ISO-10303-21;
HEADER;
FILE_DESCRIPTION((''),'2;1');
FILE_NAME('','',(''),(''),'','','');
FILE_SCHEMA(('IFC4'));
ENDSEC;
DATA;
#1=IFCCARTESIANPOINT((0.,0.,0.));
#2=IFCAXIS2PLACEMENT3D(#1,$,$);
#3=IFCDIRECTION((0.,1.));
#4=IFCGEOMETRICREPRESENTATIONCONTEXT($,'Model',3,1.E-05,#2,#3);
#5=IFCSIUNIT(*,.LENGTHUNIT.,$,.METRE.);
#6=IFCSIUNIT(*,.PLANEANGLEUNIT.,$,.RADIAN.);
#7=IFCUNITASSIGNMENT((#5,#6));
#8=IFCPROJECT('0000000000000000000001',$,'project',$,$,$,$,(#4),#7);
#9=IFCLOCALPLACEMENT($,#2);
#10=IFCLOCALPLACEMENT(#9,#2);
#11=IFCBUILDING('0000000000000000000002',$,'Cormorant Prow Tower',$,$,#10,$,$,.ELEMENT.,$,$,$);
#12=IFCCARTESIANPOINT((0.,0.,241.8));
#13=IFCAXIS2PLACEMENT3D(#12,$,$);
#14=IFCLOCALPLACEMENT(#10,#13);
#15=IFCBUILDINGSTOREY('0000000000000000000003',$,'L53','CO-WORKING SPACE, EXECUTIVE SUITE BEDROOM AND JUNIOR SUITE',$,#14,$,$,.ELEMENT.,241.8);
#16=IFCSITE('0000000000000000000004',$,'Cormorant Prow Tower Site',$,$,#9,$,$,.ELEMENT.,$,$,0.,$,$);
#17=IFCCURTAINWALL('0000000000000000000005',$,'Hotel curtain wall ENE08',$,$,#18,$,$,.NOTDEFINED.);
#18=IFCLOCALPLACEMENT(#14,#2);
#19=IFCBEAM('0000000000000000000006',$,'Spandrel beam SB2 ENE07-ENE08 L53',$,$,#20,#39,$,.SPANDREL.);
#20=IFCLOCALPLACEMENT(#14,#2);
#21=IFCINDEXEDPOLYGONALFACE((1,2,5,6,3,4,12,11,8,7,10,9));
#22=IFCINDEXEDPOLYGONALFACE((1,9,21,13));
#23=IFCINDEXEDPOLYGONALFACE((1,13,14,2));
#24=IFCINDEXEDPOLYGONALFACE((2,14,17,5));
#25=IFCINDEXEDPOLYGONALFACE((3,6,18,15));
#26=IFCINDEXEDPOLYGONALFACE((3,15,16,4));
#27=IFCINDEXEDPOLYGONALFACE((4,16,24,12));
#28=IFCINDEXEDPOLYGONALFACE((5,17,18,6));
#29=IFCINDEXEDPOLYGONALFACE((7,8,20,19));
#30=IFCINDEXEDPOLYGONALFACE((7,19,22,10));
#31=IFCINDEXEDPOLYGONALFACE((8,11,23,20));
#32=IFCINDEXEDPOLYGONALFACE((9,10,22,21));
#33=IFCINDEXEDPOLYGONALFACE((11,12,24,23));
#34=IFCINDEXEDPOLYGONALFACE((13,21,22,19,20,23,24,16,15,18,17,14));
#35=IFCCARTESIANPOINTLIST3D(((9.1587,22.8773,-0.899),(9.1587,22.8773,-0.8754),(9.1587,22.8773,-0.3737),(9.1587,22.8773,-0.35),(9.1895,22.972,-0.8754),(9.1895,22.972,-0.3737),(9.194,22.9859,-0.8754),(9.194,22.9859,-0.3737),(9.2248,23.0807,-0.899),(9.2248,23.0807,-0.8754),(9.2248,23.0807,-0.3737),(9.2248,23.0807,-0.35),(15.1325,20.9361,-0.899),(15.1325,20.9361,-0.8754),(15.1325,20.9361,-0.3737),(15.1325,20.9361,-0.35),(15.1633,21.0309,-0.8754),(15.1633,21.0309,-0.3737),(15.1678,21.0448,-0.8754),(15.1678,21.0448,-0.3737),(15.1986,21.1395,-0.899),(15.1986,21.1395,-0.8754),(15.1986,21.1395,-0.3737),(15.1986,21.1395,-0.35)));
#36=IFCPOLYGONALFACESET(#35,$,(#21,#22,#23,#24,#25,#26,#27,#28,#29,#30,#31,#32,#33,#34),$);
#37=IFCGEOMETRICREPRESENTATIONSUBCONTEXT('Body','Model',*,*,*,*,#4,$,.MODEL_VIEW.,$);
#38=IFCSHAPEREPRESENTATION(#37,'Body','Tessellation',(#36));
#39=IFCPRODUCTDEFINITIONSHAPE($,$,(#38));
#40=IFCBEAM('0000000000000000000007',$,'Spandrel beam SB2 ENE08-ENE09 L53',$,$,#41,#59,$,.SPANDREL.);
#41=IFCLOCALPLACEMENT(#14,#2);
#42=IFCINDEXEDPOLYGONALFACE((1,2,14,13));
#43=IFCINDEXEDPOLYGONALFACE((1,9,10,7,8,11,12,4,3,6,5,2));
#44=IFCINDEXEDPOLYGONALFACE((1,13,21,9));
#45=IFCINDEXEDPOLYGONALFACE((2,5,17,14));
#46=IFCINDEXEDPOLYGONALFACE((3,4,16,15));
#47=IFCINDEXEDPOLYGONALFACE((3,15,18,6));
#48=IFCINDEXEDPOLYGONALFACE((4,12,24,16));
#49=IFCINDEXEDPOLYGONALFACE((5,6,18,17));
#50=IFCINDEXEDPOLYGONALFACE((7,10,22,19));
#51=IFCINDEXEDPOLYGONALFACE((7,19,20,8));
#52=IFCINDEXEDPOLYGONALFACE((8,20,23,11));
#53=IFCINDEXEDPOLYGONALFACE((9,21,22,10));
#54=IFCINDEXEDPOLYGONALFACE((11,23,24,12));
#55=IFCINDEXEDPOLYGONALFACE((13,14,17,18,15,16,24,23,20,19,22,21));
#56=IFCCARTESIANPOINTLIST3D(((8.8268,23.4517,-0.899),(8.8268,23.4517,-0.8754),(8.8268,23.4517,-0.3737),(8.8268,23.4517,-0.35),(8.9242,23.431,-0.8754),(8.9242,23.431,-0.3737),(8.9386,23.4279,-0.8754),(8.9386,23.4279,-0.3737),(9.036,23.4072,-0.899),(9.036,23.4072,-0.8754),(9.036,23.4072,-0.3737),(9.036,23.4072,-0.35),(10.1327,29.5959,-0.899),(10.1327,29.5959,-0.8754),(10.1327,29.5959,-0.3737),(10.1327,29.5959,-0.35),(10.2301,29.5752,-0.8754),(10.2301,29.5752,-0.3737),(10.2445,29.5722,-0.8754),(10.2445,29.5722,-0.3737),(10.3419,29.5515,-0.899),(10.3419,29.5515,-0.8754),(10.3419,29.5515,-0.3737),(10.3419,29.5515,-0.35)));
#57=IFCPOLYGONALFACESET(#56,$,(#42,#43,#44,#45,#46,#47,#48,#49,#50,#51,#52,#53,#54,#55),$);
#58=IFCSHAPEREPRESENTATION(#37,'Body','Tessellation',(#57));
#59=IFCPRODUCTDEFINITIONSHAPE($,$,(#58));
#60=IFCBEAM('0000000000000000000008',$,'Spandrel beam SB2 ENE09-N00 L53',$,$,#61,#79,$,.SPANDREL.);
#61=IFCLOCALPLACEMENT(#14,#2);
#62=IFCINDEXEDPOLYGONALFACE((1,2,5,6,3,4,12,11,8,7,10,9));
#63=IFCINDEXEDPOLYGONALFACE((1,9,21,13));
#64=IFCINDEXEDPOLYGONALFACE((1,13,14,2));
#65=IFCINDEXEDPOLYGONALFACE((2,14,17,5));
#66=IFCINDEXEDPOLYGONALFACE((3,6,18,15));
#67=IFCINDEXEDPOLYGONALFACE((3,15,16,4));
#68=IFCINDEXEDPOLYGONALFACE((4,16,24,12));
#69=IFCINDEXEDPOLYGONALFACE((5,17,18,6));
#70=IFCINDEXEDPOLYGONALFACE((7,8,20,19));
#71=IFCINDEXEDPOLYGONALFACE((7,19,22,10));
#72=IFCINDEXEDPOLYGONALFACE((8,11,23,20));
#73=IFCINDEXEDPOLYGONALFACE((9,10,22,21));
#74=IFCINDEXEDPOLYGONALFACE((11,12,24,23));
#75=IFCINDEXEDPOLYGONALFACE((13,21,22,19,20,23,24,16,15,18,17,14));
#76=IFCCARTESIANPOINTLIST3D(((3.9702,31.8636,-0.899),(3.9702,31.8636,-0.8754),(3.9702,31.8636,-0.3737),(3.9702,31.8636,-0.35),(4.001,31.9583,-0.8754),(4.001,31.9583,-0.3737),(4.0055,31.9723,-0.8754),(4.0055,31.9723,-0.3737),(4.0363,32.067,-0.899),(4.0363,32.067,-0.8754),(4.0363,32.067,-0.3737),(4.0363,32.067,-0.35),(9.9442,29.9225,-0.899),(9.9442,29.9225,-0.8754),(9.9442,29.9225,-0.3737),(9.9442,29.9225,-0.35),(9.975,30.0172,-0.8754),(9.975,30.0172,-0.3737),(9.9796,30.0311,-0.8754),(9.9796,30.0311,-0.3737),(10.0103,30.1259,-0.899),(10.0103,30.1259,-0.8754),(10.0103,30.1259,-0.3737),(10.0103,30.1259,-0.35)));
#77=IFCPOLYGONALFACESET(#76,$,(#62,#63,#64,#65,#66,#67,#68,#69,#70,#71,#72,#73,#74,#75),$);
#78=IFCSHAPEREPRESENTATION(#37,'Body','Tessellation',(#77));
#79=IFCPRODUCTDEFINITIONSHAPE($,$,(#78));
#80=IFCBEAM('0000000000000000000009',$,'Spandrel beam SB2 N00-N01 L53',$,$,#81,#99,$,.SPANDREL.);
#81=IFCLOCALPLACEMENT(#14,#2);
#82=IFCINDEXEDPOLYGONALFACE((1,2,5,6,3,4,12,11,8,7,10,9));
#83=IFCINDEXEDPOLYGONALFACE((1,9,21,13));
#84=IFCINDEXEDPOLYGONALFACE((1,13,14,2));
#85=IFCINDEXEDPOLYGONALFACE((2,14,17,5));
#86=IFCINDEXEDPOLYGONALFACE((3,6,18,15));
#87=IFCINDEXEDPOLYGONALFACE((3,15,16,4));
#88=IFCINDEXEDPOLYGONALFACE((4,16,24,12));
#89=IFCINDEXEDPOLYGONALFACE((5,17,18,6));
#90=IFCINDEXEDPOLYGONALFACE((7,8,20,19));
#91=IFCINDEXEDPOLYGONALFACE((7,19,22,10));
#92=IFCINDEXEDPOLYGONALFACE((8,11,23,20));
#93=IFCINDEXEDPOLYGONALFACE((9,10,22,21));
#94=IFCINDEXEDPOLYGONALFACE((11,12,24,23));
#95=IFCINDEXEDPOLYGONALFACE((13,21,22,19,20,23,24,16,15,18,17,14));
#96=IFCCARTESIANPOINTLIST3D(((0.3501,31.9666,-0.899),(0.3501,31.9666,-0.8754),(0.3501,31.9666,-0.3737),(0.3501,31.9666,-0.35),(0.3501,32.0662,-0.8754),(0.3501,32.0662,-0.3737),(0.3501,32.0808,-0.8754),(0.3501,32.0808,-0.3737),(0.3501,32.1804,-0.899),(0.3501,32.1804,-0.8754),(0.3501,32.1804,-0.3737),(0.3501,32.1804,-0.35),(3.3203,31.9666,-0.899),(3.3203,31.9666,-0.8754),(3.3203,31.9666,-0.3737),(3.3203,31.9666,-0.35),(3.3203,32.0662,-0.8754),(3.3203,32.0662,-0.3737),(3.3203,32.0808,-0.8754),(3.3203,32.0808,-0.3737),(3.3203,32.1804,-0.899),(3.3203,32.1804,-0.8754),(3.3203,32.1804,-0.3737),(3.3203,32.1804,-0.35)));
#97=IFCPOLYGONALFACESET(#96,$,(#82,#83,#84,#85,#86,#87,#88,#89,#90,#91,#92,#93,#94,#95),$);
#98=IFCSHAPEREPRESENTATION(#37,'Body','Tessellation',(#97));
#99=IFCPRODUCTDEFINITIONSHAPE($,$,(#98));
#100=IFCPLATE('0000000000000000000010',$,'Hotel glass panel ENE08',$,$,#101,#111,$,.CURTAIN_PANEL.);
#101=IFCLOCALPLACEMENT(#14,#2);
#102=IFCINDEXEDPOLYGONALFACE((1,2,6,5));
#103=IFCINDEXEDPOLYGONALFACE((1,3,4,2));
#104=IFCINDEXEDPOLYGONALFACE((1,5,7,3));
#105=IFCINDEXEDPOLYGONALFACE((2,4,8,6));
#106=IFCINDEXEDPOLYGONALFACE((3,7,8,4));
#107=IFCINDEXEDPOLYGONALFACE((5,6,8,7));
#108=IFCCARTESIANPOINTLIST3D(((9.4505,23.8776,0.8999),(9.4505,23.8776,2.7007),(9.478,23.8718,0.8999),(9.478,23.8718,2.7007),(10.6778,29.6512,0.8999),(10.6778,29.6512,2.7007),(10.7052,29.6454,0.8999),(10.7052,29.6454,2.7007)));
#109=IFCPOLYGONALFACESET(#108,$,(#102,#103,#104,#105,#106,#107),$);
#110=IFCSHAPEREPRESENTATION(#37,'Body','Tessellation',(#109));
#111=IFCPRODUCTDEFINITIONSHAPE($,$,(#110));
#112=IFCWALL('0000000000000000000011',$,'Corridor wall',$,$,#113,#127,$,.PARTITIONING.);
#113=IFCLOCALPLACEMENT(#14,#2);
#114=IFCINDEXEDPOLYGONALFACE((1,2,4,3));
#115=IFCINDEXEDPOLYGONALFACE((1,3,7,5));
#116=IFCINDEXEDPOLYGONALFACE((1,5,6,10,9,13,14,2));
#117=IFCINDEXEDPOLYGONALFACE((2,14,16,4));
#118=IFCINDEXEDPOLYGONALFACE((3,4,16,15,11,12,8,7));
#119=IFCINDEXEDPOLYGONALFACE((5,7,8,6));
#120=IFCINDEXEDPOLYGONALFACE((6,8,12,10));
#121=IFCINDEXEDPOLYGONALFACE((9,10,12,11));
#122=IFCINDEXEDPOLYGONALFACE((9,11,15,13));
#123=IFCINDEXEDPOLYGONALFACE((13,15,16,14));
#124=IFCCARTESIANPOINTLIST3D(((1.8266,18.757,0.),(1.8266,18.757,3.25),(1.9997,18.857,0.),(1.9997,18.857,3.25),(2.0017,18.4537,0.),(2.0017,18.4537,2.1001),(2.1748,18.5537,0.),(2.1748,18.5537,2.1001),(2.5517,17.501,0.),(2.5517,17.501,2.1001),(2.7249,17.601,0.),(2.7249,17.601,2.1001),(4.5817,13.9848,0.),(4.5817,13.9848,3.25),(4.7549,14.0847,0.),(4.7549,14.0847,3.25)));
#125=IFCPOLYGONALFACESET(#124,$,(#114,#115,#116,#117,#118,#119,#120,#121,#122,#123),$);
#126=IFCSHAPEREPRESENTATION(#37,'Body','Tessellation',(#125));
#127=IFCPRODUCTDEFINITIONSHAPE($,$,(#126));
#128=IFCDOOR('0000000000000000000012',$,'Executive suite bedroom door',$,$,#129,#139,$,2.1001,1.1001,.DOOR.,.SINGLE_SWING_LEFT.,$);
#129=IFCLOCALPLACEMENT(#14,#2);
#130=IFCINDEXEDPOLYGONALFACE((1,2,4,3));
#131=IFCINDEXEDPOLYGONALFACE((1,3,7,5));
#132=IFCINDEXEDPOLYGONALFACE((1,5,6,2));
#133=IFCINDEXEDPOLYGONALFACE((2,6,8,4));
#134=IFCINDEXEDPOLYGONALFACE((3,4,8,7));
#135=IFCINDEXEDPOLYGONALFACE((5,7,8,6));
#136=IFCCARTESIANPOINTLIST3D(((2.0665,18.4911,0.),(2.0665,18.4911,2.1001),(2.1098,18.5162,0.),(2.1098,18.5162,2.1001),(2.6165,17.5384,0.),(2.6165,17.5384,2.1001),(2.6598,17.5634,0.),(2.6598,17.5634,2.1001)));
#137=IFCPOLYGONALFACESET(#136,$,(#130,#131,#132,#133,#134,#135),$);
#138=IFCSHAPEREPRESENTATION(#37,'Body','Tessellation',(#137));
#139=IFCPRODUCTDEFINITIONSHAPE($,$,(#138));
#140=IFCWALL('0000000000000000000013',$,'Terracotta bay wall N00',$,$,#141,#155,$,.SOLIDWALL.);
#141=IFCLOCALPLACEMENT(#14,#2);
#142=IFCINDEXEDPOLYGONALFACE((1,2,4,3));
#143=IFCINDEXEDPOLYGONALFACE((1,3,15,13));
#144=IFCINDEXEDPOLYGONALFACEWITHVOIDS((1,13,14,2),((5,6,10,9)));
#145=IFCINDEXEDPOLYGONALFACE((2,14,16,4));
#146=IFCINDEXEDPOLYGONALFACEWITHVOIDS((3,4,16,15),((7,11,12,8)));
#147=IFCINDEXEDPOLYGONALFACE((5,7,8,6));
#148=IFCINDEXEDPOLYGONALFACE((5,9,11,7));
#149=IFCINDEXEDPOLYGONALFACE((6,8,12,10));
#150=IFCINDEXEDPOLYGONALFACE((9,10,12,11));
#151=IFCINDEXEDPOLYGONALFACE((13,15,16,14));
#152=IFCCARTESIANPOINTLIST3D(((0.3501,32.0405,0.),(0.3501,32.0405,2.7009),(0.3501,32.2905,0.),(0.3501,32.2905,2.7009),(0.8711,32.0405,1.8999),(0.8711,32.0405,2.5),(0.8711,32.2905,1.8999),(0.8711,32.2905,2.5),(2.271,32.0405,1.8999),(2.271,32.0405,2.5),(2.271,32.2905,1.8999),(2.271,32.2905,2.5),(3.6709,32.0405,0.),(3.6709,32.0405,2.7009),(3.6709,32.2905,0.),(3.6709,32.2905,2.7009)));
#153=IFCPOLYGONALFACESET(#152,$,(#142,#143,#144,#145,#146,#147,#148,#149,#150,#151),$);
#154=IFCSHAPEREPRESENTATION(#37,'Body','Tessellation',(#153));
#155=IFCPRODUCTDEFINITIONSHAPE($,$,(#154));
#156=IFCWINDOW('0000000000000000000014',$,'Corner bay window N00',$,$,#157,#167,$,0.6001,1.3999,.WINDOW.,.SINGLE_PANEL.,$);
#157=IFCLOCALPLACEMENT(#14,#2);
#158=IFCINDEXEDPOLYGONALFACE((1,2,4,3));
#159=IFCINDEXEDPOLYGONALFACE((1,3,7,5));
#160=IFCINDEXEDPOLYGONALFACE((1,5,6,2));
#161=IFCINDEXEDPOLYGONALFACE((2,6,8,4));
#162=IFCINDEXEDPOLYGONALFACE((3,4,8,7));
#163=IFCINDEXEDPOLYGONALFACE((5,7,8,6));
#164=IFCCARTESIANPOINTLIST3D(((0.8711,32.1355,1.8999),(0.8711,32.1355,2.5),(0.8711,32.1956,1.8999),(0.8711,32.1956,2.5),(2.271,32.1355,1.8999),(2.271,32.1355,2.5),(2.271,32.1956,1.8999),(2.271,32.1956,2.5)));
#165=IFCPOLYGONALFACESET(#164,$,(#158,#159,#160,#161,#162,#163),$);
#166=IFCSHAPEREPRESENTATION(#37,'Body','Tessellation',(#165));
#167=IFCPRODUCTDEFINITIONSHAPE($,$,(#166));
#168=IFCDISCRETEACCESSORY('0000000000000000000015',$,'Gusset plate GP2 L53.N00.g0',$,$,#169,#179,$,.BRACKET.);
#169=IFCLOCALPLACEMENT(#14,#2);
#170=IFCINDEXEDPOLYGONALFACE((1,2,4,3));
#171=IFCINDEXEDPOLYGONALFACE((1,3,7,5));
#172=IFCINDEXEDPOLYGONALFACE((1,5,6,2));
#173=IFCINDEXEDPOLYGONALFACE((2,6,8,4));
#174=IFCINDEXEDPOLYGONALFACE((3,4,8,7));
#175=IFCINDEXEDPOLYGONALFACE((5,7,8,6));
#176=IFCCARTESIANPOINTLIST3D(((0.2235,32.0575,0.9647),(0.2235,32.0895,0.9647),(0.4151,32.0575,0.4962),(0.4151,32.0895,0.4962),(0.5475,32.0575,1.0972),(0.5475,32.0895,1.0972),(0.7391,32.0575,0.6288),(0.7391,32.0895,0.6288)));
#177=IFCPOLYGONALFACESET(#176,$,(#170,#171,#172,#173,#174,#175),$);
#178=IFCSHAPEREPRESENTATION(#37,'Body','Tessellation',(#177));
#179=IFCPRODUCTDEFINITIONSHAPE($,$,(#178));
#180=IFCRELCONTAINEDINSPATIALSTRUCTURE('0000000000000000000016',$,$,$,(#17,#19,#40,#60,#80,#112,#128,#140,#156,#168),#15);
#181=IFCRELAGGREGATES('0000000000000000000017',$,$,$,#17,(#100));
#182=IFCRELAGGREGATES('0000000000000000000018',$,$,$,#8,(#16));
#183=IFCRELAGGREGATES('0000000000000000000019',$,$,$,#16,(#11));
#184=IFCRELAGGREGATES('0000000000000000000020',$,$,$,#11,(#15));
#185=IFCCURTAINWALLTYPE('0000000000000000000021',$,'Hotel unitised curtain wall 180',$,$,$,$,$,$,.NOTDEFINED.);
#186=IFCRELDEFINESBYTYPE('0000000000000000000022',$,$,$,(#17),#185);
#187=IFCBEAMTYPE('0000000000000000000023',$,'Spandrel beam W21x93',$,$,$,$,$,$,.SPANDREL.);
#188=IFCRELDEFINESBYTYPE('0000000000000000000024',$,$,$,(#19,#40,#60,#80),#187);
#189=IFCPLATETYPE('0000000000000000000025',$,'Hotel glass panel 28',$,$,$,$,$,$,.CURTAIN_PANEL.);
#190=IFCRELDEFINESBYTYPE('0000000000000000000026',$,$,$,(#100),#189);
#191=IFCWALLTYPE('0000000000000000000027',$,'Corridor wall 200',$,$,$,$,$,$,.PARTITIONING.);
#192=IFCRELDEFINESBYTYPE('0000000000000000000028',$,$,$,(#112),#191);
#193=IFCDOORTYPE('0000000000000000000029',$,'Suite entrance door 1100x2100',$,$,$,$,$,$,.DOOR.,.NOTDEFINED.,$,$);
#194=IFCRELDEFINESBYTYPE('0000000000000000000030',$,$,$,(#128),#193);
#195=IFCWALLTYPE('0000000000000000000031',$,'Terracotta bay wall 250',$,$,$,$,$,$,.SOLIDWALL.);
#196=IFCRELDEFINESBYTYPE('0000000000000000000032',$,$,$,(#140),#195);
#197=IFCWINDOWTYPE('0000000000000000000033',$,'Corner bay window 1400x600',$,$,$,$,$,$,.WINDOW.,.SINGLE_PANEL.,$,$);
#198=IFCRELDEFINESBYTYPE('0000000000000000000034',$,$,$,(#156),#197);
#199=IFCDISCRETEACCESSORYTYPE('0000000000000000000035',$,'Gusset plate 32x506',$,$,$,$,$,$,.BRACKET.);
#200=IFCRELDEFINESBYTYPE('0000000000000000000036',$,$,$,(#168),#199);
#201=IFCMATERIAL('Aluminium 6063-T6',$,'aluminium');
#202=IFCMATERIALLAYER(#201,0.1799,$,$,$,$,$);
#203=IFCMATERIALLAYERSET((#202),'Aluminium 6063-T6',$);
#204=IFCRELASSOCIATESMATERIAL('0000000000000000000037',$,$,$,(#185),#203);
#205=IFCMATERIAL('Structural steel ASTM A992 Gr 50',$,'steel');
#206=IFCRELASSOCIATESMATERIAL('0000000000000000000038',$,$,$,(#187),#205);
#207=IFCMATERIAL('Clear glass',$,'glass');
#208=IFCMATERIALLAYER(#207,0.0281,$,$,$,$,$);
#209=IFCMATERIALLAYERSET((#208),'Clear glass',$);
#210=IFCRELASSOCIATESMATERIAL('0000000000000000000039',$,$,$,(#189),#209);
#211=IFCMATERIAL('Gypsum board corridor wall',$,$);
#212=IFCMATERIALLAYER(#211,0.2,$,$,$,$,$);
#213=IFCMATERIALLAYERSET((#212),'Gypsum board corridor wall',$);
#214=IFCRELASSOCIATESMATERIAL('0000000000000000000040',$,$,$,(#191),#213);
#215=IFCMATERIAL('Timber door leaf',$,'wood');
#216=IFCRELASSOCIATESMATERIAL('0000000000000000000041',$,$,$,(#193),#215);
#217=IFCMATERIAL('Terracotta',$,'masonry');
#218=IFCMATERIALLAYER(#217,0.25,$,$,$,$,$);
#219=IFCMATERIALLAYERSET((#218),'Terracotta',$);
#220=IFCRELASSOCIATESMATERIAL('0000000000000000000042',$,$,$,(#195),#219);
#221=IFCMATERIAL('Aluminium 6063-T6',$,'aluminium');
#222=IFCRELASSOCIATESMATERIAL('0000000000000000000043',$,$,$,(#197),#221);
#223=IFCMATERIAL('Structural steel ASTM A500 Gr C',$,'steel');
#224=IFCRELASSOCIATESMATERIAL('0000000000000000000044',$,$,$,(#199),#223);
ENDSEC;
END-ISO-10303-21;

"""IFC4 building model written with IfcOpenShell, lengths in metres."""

from ifc_helpers import new_model, si_unit, direction, frame, frame_2d, origin, origin_2d, place, context, subcontext, project, spatial, rectangle, i_section, extrude, material, layer, layer_set, material_profile, profile_set, type_object, element, fill, aggregate, save


model = new_model("IFC4")

# Units and contexts
model_context = context("Model", 3, precision=1e-05, world=origin(), true_north=direction((0.0, 1.0)))
body_context = subcontext(model_context, "Body", "Model", "MODEL_VIEW")
ifc_project = project(units=[si_unit("LENGTHUNIT", "METRE"), si_unit("PLANEANGLEUNIT", "RADIAN")], contexts=[model_context])

# Site, building, storey
site_placement = place(None, origin())
site = spatial("IfcSite", under=ifc_project, at=site_placement, Name="Cormorant Prow Tower Site", CompositionType="ELEMENT", RefElevation=0.0)
building_placement = place(site_placement, origin())
building = spatial("IfcBuilding", under=site, at=building_placement, Name="Cormorant Prow Tower", CompositionType="ELEMENT")
storey_placement = place(building_placement, frame((0.0, 0.0, 241.8)))
storey = spatial("IfcBuildingStorey", under=building, at=storey_placement, Name="L53", Description="CO-WORKING SPACE, EXECUTIVE SUITE BEDROOM AND JUNIOR SUITE", CompositionType="ELEMENT", Elevation=241.8)

# Curtain wall
ifc_material_1 = material(Name="Aluminium 6063-T6", Category="aluminium")
ifc_layer_1 = layer(ifc_material_1, 0.1799)
ifc_layer_set_1 = layer_set([ifc_layer_1], Name="Aluminium 6063-T6")
curtain_wall_type = type_object("IfcCurtainWallType", Name="Hotel unitised curtain wall 180", PredefinedType="NOTDEFINED", material=ifc_layer_set_1)
curtain_wall_placement = place(storey_placement, origin())
curtain_wall = element("IfcCurtainWall", 1, at=curtain_wall_placement, inside=storey, type_object=curtain_wall_type, Name="Hotel curtain wall ENE08", PredefinedType="NOTDEFINED")

# Beams
ifc_material_2 = material(Name="Structural steel ASTM A992 Gr 50", Category="steel")
ifc_material_profile_1 = material_profile(ifc_material_2, i_section(OverallWidth=0.2139, OverallDepth=0.5491, WebThickness=0.0146, FlangeThickness=0.0237, at=origin_2d()), Name="W21x93")
ifc_profile_set_1 = profile_set([ifc_material_profile_1], Name="Structural steel ASTM A992 Gr 50")
beam_type_1 = type_object("IfcBeamType", Name="Spandrel beam W21x93", PredefinedType="SPANDREL", material=ifc_profile_set_1)
beam_1_placement = place(storey_placement, frame((15.1655, 21.0378, -0.6245), z_axis=(-0.95105, 0.309036, 0.0), x_axis=(-0.309036, -0.95105, 0.0)))
element("IfcBeam", 2, at=beam_1_placement, inside=storey, type_object=beam_type_1, Name="Spandrel beam SB2 ENE07-ENE08 L53", PredefinedType="SPANDREL", context=body_context, shape_type="SweptSolid", body=[
    extrude(i_section(OverallWidth=0.2139, OverallDepth=0.5491, WebThickness=0.0146, FlangeThickness=0.0237, at=origin_2d()), origin(), (0.0, 0.0, 1.0), 6.2812),
])
for number, where, z_axis, x_axis, name in (
    (3, (8.9314, 23.4294, -0.6245), (0.207896, 0.978151, 0.0), (-0.978151, 0.207896, 0.0), "Spandrel beam SB2 ENE08-ENE09 L53"),
    (4, (9.9773, 30.0242, -0.6245), (-0.951054, 0.309025, 0.0), (-0.309025, -0.951054, 0.0), "Spandrel beam SB2 ENE09-N00 L53"),
):
    element("IfcBeam", number, at=place(storey_placement, frame(where, z_axis=z_axis, x_axis=x_axis)), inside=storey, type_object=beam_type_1, Name=name, PredefinedType="SPANDREL", context=body_context, shape_type="SweptSolid", body=[
        extrude(i_section(OverallWidth=0.2139, OverallDepth=0.5491, WebThickness=0.0146, FlangeThickness=0.0237, at=origin_2d()), origin(), (0.0, 0.0, 1.0), 6.2815),
    ])
beam_2_placement = place(storey_placement, frame((3.3203, 32.0735, -0.6245), z_axis=(-1.0, 0.0, 0.0), x_axis=(0.0, -1.0, 0.0)))
element("IfcBeam", 5, at=beam_2_placement, inside=storey, type_object=beam_type_1, Name="Spandrel beam SB2 N00-N01 L53", PredefinedType="SPANDREL", context=body_context, shape_type="SweptSolid", body=[
    extrude(i_section(OverallWidth=0.2139, OverallDepth=0.5491, WebThickness=0.0146, FlangeThickness=0.0237, at=origin_2d()), origin(), (0.0, 0.0, 1.0), 2.9702),
])

# Plate
ifc_material_3 = material(Name="Clear glass", Category="glass")
ifc_layer_2 = layer(ifc_material_3, 0.0281)
ifc_layer_set_2 = layer_set([ifc_layer_2], Name="Clear glass")
plate_type = type_object("IfcPlateType", Name="Hotel glass panel 28", PredefinedType="CURTAIN_PANEL", material=ifc_layer_set_2)
plate_placement = place(storey_placement, frame((10.0779, 26.7615, 0.8999), z_axis=(0.0, 0.0, 1.0), x_axis=(0.207912, 0.978148, 0.0)))
plate = element("IfcPlate", 6, at=plate_placement, type_object=plate_type, Name="Hotel glass panel ENE08", PredefinedType="CURTAIN_PANEL", context=body_context, shape_type="SweptSolid", body=[
    extrude(rectangle(XDim=5.9026, YDim=0.0281, at=origin_2d()), origin(), (0.0, 0.0, 1.0), 1.8008),
])
aggregate(curtain_wall, [plate])

# Wall, opening, door
ifc_material_4 = material(Name="Gypsum board corridor wall")
ifc_layer_3 = layer(ifc_material_4, 0.2)
ifc_layer_set_3 = layer_set([ifc_layer_3], Name="Gypsum board corridor wall")
wall_type_1 = type_object("IfcWallType", Name="Corridor wall 200", PredefinedType="PARTITIONING", material=ifc_layer_set_3)
wall_1_placement = place(storey_placement, frame((1.9131, 18.8071, 0.0), z_axis=(0.0, 0.0, 1.0), x_axis=(0.499985, -0.866034, 0.0)))
wall_1 = element("IfcWall", 7, at=wall_1_placement, inside=storey, type_object=wall_type_1, Name="Corridor wall", PredefinedType="PARTITIONING", context=body_context, shape_type="SweptSolid", body=[
    extrude(rectangle(XDim=5.5105, YDim=0.2, at=frame_2d((2.7554, 0.0))), origin(), (0.0, 0.0, 1.0), 3.25),
])
opening_1_placement = place(wall_1_placement, frame((0.3503, 0.0, 0.0)))
opening_1 = element("IfcOpeningElement", 8, at=opening_1_placement, cuts=wall_1, PredefinedType="OPENING", context=body_context, shape_type="SweptSolid", body=[
    extrude(rectangle(XDim=1.1001, YDim=2.1001, at=frame_2d((0.55, 1.05))), frame((0.0, 0.1099, 0.0), z_axis=(0.0, -1.0, 0.0), x_axis=(1.0, 0.0, 0.0)), (0.0, 0.0, 1.0), 0.22),
])
ifc_material_5 = material(Name="Timber door leaf", Category="wood")
door_type_1 = type_object("IfcDoorType", Name="Suite entrance door 1100x2100", OperationType="NOTDEFINED", PredefinedType="DOOR", material=ifc_material_5)
door_1_placement = place(opening_1_placement, origin())
door_1 = element("IfcDoor", 9, at=door_1_placement, inside=storey, type_object=door_type_1, Name="Executive suite bedroom door", OperationType="SINGLE_SWING_LEFT", OverallHeight=2.1001, OverallWidth=1.1001, PredefinedType="DOOR", context=body_context, shape_type="SweptSolid", body=[
    extrude(rectangle(XDim=1.1001, YDim=2.1001, at=frame_2d((0.55, 1.05))), frame((0.0, 0.0249, 0.0), z_axis=(0.0, -1.0, 0.0), x_axis=(1.0, 0.0, 0.0)), (0.0, 0.0, 1.0), 0.05),
])
fill(opening_1, door_1)

# Wall, opening, window
ifc_material_6 = material(Name="Terracotta", Category="masonry")
ifc_layer_4 = layer(ifc_material_6, 0.25)
ifc_layer_set_4 = layer_set([ifc_layer_4], Name="Terracotta")
wall_type_2 = type_object("IfcWallType", Name="Terracotta bay wall 250", PredefinedType="SOLIDWALL", material=ifc_layer_set_4)
wall_2_placement = place(storey_placement, frame((3.6709, 32.1655, 0.0), z_axis=(0.0, 0.0, 1.0), x_axis=(-1.0, 0.0, 0.0)))
wall_2 = element("IfcWall", 10, at=wall_2_placement, inside=storey, type_object=wall_type_2, Name="Terracotta bay wall N00", PredefinedType="SOLIDWALL", context=body_context, shape_type="SweptSolid", body=[
    extrude(rectangle(XDim=3.3208, YDim=0.25, at=frame_2d((1.6604, 0.0))), origin(), (0.0, 0.0, 1.0), 2.7009),
])
opening_2_placement = place(wall_2_placement, frame((1.3999, 0.0, 1.8999)))
opening_2 = element("IfcOpeningElement", 11, at=opening_2_placement, cuts=wall_2, PredefinedType="OPENING", context=body_context, shape_type="SweptSolid", body=[
    extrude(rectangle(XDim=1.3999, YDim=0.6001, at=frame_2d((0.7, 0.3))), frame((0.0, 0.135, 0.0), z_axis=(0.0, -1.0, 0.0), x_axis=(1.0, 0.0, 0.0)), (0.0, 0.0, 1.0), 0.27),
])
ifc_material_7 = material(Name="Aluminium 6063-T6", Category="aluminium")
window_type = type_object("IfcWindowType", Name="Corner bay window 1400x600", PartitioningType="SINGLE_PANEL", PredefinedType="WINDOW", material=ifc_material_7)
window_placement = place(opening_2_placement, origin())
window = element("IfcWindow", 12, at=window_placement, inside=storey, type_object=window_type, Name="Corner bay window N00", OverallHeight=0.6001, OverallWidth=1.3999, PartitioningType="SINGLE_PANEL", PredefinedType="WINDOW", context=body_context, shape_type="SweptSolid", body=[
    extrude(rectangle(XDim=1.3999, YDim=0.6001, at=frame_2d((0.7, 0.3))), frame((0.0, 0.03, 0.0), z_axis=(0.0, -1.0, 0.0), x_axis=(1.0, 0.0, 0.0)), (0.0, 0.0, 1.0), 0.0601),
])
fill(opening_2, window)

# Discrete accessory
ifc_material_8 = material(Name="Structural steel ASTM A500 Gr C", Category="steel")
ifc_material_profile_2 = material_profile(ifc_material_8, rectangle(XDim=0.032, YDim=0.5061, at=origin_2d()), Name="Gusset plate 32x506")
ifc_profile_set_2 = profile_set([ifc_material_profile_2], Name="Structural steel ASTM A500 Gr C")
discrete_accessory_type = type_object("IfcDiscreteAccessoryType", Name="Gusset plate 32x506", PredefinedType="BRACKET", material=ifc_profile_set_2)
discrete_accessory_1_placement = place(storey_placement, frame((0.6433, 32.0735, 0.863), z_axis=(-0.925514, 0.0, -0.378714), x_axis=(0.0, -1.0, 0.0)))
element("IfcDiscreteAccessory", 13, at=discrete_accessory_1_placement, inside=storey, type_object=discrete_accessory_type, Name="Gusset plate GP2 L53.N00.g0", PredefinedType="BRACKET", context=body_context, shape_type="SweptSolid", body=[
    extrude(rectangle(XDim=0.032, YDim=0.5061, at=origin_2d()), origin(), (0.0, 0.0, 1.0), 0.3501),
])

save(model, "model.ifc")
